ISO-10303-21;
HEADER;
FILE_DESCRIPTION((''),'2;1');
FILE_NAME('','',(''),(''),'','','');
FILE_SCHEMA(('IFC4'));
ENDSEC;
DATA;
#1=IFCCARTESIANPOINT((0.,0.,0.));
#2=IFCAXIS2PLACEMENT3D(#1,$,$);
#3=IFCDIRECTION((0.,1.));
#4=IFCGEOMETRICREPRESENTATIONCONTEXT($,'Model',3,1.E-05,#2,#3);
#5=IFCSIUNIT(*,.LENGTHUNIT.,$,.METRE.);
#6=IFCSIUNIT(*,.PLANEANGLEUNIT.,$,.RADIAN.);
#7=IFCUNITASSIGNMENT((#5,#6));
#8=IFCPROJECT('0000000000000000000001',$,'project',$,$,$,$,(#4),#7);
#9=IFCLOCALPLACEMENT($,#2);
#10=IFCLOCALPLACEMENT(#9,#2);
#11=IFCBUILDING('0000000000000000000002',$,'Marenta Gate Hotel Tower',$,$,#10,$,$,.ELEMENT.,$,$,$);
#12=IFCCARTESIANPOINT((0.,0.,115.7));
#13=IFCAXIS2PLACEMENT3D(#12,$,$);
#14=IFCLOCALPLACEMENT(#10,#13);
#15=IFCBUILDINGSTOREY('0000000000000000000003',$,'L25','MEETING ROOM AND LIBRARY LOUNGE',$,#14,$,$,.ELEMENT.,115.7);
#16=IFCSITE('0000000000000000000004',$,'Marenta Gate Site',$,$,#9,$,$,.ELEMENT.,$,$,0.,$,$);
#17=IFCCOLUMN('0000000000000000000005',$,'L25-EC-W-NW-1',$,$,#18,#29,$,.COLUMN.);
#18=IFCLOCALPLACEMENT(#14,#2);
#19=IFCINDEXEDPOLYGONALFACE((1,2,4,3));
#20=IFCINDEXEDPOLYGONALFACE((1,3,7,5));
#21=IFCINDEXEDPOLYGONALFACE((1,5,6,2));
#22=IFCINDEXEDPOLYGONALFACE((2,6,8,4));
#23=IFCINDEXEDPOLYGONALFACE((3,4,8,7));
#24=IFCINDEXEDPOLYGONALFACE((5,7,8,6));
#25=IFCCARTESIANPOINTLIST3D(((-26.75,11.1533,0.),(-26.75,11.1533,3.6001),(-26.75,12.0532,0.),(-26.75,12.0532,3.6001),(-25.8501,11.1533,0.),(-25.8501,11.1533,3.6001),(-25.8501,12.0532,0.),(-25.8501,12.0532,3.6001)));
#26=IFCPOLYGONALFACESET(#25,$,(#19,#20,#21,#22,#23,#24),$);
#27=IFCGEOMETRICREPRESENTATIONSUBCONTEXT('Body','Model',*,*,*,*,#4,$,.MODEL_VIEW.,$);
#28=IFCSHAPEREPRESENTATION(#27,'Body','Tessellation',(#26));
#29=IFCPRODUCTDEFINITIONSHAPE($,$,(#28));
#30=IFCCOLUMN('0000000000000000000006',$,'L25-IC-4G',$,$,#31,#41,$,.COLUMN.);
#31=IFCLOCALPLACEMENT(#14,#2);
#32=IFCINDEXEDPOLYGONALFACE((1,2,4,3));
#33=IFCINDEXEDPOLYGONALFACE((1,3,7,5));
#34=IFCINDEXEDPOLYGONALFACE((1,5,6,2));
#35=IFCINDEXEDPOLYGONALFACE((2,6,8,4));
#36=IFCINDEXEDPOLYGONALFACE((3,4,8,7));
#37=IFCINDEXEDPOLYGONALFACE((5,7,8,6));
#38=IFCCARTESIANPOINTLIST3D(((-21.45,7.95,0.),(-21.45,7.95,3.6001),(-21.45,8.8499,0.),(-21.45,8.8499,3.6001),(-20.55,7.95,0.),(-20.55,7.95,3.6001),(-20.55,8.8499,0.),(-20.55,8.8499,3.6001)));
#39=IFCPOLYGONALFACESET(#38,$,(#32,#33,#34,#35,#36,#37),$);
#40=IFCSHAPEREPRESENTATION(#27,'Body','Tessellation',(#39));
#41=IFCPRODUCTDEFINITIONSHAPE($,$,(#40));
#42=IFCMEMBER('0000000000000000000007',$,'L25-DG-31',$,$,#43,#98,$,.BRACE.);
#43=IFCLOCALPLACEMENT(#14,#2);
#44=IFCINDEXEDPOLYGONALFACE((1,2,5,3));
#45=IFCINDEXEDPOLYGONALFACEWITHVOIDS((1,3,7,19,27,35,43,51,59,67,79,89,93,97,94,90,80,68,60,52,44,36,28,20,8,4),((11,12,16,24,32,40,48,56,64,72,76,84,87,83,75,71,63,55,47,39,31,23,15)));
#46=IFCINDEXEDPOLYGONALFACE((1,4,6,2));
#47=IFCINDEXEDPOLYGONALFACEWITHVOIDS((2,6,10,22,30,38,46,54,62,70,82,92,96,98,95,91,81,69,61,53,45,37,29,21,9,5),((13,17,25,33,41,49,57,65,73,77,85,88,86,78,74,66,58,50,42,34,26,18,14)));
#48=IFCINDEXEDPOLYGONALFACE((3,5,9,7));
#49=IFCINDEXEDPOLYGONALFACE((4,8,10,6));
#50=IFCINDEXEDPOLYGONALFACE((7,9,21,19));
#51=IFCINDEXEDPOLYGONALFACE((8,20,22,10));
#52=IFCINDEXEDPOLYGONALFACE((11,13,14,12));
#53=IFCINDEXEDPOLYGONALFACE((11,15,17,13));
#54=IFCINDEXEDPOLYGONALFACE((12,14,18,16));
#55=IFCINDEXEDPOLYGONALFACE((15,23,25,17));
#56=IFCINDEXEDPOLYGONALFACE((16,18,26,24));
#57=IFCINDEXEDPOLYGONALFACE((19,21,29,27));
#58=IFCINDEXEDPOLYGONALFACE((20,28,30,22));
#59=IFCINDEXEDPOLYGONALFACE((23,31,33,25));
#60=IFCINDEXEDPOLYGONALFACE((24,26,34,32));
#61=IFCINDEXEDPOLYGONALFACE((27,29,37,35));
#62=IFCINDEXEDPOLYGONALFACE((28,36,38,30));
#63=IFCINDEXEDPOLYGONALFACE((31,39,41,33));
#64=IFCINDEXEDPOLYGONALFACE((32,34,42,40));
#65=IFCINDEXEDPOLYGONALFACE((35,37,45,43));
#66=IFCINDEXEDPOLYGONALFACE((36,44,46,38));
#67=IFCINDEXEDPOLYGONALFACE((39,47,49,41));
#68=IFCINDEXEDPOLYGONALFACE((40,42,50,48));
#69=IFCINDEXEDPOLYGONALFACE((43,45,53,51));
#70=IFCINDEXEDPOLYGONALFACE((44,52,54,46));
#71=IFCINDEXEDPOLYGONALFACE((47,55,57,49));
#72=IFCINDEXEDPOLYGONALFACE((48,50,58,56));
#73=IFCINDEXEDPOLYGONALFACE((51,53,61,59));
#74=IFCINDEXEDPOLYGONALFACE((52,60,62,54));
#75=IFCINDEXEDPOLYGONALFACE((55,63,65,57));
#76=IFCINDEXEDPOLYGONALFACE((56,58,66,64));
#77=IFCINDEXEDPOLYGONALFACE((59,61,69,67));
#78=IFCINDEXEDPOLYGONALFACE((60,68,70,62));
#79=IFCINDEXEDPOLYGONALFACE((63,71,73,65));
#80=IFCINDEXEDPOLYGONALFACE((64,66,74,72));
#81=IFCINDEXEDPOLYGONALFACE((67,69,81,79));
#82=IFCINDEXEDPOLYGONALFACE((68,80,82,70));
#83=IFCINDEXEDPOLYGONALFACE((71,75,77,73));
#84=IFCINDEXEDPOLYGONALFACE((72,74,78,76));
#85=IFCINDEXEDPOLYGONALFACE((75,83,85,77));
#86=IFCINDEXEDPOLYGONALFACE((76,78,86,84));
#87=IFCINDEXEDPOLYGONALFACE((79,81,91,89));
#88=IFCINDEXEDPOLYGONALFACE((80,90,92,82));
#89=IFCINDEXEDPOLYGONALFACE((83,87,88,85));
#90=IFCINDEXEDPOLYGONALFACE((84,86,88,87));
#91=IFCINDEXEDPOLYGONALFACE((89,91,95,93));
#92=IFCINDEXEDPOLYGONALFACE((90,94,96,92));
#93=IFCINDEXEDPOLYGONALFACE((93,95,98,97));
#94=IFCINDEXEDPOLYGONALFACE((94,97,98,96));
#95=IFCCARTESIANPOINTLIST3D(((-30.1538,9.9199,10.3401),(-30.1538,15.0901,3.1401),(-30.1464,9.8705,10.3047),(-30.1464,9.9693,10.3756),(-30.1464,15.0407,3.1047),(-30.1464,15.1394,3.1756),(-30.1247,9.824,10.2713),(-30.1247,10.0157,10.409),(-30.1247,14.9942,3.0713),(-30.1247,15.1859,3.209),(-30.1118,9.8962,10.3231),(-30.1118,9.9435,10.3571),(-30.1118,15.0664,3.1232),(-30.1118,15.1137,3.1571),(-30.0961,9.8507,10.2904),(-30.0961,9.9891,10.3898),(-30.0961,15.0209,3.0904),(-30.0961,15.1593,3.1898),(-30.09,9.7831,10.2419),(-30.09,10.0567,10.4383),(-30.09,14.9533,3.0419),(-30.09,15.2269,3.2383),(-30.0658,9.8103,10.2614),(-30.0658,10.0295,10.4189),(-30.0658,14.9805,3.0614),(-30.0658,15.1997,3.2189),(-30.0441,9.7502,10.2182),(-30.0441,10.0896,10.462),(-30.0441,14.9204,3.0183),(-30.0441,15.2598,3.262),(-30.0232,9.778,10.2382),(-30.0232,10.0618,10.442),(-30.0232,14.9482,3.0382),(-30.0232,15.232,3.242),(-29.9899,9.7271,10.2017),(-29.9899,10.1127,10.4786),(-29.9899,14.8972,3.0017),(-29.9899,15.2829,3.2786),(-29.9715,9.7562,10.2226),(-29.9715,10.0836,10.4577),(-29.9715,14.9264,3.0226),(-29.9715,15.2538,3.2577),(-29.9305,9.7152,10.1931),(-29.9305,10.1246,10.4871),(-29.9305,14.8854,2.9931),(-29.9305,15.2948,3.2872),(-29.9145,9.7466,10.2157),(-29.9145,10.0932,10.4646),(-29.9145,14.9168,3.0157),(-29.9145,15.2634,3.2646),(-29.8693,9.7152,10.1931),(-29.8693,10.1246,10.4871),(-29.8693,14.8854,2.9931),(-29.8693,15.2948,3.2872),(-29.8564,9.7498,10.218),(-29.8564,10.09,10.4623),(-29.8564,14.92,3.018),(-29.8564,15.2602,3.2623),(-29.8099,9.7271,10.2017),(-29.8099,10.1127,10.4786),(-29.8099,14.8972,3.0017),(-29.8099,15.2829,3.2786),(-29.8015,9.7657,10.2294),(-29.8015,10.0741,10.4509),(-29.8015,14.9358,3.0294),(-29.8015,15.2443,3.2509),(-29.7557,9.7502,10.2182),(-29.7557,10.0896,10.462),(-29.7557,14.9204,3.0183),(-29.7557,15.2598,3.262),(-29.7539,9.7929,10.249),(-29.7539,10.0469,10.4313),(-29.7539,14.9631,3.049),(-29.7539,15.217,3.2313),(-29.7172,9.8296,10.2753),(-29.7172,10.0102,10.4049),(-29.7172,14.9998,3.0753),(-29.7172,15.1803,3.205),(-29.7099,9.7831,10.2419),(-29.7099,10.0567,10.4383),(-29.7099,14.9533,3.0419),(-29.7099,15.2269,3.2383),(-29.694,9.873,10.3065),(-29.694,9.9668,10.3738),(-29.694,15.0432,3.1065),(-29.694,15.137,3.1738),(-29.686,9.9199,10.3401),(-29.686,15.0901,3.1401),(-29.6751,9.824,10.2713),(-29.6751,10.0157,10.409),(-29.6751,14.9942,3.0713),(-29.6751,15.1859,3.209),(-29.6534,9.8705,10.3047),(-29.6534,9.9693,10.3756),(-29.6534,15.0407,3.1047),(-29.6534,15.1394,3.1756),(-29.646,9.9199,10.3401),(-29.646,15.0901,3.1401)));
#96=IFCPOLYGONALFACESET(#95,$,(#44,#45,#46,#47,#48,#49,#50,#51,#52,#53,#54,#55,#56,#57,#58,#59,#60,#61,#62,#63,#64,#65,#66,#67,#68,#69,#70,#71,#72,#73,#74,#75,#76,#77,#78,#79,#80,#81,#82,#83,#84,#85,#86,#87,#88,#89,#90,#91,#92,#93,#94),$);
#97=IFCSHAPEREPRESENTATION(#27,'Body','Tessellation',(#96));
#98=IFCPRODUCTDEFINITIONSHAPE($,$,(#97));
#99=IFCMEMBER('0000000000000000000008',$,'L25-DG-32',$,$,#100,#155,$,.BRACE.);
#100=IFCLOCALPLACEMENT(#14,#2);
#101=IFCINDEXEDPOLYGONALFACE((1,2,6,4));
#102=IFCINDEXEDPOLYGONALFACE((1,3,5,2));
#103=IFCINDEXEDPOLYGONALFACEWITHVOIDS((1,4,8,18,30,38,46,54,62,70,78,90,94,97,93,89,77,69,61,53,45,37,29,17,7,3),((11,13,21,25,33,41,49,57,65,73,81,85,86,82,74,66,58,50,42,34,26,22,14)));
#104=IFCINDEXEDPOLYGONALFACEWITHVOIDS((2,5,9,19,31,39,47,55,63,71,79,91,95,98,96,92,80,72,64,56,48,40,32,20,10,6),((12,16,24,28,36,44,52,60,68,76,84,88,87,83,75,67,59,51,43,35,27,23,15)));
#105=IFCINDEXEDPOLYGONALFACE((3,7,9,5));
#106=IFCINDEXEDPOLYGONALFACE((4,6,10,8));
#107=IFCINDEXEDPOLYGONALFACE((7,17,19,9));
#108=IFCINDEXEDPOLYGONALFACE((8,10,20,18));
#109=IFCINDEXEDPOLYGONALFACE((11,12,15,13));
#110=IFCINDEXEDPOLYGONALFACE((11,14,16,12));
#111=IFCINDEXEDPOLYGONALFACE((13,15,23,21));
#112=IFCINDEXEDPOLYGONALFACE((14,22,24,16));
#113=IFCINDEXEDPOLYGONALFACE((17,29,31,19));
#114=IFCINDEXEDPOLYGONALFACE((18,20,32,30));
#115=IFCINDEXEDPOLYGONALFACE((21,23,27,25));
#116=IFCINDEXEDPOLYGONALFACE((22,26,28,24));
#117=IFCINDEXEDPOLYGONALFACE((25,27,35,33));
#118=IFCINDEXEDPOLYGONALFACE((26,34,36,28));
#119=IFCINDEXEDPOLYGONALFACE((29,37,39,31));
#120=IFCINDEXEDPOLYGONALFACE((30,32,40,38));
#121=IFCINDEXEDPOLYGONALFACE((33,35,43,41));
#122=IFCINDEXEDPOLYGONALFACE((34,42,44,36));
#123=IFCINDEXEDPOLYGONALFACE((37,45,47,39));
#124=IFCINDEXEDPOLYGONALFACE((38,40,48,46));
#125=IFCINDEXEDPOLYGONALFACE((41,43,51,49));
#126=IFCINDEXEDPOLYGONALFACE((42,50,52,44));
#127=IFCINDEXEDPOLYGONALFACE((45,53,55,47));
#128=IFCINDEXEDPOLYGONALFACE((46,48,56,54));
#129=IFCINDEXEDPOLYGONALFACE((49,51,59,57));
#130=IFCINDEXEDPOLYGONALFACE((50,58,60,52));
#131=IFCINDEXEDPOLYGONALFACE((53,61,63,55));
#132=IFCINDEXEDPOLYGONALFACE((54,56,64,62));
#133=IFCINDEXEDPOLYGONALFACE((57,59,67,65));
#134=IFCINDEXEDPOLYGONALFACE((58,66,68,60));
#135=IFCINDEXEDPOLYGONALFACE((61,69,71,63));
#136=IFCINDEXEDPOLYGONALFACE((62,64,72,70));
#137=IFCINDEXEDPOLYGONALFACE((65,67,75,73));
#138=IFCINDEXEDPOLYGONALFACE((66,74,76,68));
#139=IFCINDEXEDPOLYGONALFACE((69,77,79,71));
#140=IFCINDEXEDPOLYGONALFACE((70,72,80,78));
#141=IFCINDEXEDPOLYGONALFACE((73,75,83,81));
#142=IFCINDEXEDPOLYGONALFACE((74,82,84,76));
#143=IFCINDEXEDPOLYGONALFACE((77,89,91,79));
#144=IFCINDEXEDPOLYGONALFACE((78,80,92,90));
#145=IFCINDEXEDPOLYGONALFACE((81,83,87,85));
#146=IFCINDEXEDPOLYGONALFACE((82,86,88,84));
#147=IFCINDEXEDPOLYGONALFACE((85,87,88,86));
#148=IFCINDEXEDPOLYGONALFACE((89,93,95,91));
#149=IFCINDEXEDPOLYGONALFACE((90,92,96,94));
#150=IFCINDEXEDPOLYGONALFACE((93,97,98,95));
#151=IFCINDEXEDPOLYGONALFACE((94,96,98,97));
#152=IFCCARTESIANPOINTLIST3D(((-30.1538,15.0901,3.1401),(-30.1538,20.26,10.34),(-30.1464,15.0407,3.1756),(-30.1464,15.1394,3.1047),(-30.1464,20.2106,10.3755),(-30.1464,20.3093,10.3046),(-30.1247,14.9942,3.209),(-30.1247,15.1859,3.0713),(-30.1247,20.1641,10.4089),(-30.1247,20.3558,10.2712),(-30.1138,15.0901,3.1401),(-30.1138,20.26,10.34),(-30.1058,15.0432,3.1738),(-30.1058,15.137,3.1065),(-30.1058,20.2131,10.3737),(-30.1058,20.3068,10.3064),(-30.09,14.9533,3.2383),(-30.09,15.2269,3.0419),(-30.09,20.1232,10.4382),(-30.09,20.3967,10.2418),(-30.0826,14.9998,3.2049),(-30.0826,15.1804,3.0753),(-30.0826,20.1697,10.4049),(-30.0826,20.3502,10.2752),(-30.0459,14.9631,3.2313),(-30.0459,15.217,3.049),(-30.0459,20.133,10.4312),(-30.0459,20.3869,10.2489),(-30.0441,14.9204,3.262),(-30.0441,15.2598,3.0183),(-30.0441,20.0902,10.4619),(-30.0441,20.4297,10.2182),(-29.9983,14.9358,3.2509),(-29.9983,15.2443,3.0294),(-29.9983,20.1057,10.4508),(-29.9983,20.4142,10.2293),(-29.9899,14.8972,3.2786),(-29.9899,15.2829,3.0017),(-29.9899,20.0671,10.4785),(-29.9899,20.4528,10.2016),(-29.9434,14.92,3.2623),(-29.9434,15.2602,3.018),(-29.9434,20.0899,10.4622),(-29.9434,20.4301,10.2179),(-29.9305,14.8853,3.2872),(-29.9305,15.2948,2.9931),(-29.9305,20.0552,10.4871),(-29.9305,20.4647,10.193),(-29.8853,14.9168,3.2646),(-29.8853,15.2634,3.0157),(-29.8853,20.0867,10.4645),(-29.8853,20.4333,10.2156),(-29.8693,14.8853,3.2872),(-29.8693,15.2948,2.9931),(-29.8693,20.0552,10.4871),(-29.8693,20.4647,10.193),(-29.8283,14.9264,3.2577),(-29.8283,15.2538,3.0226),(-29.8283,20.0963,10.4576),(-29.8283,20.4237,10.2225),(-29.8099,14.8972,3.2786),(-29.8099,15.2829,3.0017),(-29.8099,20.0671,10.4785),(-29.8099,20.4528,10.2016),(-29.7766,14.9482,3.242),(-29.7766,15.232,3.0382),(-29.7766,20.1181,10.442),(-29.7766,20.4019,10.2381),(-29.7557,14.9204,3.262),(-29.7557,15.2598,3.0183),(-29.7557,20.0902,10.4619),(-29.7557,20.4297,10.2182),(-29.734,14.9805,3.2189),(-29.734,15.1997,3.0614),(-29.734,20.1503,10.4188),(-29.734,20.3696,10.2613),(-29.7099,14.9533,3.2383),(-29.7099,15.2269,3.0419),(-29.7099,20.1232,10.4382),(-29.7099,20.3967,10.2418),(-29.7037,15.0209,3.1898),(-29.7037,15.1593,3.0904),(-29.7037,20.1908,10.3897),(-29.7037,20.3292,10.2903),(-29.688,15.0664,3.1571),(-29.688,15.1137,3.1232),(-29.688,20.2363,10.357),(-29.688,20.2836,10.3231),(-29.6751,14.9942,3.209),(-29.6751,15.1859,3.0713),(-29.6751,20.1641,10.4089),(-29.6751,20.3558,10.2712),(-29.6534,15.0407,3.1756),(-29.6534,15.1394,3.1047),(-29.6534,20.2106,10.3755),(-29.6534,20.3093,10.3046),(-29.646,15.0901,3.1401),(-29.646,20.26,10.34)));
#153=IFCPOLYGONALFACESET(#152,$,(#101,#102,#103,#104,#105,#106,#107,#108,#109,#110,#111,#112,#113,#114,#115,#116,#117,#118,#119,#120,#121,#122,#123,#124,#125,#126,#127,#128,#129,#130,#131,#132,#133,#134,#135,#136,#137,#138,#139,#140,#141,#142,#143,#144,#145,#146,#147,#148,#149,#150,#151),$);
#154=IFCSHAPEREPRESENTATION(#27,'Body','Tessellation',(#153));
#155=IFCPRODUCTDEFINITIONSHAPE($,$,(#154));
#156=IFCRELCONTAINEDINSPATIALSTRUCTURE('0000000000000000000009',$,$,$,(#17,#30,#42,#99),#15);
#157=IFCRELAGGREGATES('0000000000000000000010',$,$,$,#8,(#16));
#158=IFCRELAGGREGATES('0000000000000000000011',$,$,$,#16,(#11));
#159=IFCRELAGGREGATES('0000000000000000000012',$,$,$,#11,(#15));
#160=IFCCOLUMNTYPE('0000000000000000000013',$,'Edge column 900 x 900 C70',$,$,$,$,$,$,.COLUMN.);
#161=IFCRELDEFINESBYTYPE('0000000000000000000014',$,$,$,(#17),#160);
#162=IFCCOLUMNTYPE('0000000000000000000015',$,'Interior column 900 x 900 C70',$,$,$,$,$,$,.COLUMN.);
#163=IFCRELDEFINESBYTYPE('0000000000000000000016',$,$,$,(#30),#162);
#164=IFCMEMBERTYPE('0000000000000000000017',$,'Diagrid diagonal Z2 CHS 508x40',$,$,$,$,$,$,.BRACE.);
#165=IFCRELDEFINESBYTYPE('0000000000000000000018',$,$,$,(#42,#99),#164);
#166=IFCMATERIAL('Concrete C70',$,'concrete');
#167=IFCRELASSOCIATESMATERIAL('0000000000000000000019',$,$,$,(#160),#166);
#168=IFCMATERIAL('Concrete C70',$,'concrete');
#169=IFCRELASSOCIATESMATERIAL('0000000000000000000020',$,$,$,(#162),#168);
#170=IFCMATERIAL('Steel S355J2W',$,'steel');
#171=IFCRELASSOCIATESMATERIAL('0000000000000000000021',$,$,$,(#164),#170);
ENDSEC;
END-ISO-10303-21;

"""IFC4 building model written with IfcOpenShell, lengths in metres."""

from ifc_helpers import new_model, si_unit, direction, frame, origin, origin_2d, place, context, subcontext, project, spatial, rectangle, hollow_circle, extrude, material, material_profile, profile_set, type_object, element, save


model = new_model("IFC4")

# Units and contexts
model_context = context("Model", 3, precision=1e-05, world=origin(), true_north=direction((0.0, 1.0)))
body_context = subcontext(model_context, "Body", "Model", "MODEL_VIEW")
ifc_project = project(units=[si_unit("LENGTHUNIT", "METRE"), si_unit("PLANEANGLEUNIT", "RADIAN")], contexts=[model_context])

# Site, building, storey
site_placement = place(None, origin())
site = spatial("IfcSite", under=ifc_project, at=site_placement, Name="Marenta Gate Site", CompositionType="ELEMENT", RefElevation=0.0)
building_placement = place(site_placement, origin())
building = spatial("IfcBuilding", under=site, at=building_placement, Name="Marenta Gate Hotel Tower", CompositionType="ELEMENT")
storey_placement = place(building_placement, frame((0.0, 0.0, 115.7)))
storey = spatial("IfcBuildingStorey", under=building, at=storey_placement, Name="L25", Description="MEETING ROOM AND LIBRARY LOUNGE", CompositionType="ELEMENT", Elevation=115.7)

# Columns
ifc_material_1 = material(Name="Concrete C70", Category="concrete")
ifc_material_profile_1 = material_profile(ifc_material_1, rectangle(XDim=0.8999, YDim=0.8999, at=origin_2d()), Name="900 x 900")
ifc_profile_set_1 = profile_set([ifc_material_profile_1], Name="Concrete C70")
column_type_1 = type_object("IfcColumnType", Name="Edge column 900 x 900 C70", PredefinedType="COLUMN", material=ifc_profile_set_1)
column_1_placement = place(storey_placement, frame((-26.3, 11.6033, 0.0), z_axis=(0.0, 0.0, 1.0), x_axis=(1.0, 0.0, 0.0)))
element("IfcColumn", 1, at=column_1_placement, inside=storey, type_object=column_type_1, Name="L25-EC-W-NW-1", PredefinedType="COLUMN", context=body_context, shape_type="SweptSolid", body=[
    extrude(rectangle(XDim=0.8999, YDim=0.8999, at=origin_2d()), origin(), (0.0, 0.0, 1.0), 3.6001),
])
ifc_material_2 = material(Name="Concrete C70", Category="concrete")
ifc_material_profile_2 = material_profile(ifc_material_2, rectangle(XDim=0.8999, YDim=0.8999, at=origin_2d()), Name="900 x 900")
ifc_profile_set_2 = profile_set([ifc_material_profile_2], Name="Concrete C70")
column_type_2 = type_object("IfcColumnType", Name="Interior column 900 x 900 C70", PredefinedType="COLUMN", material=ifc_profile_set_2)
column_2_placement = place(storey_placement, frame((-21.0, 8.3999, 0.0), z_axis=(0.0, 0.0, 1.0), x_axis=(1.0, 0.0, 0.0)))
element("IfcColumn", 2, at=column_2_placement, inside=storey, type_object=column_type_2, Name="L25-IC-4G", PredefinedType="COLUMN", context=body_context, shape_type="SweptSolid", body=[
    extrude(rectangle(XDim=0.8999, YDim=0.8999, at=origin_2d()), origin(), (0.0, 0.0, 1.0), 3.6001),
])

# Members
ifc_material_3 = material(Name="Steel S355J2W", Category="steel")
ifc_material_profile_3 = material_profile(ifc_material_3, hollow_circle(Radius=0.2539, WallThickness=0.04, at=origin_2d()), Name="CHS 508x40")
ifc_profile_set_3 = profile_set([ifc_material_profile_3], Name="Steel S355J2W")
member_type_1 = type_object("IfcMemberType", Name="Diagrid diagonal Z2 CHS 508x40", PredefinedType="BRACE", material=ifc_profile_set_3)
member_1_placement = place(storey_placement, frame((-29.8999, 15.0901, 3.1401), z_axis=(0.0, -0.583279, 0.812272), x_axis=(1.0, 0.0, 0.0)))
element("IfcMember", 3, at=member_1_placement, inside=storey, type_object=member_type_1, Name="L25-DG-31", PredefinedType="BRACE", context=body_context, shape_type="SweptSolid", body=[
    extrude(hollow_circle(Radius=0.2539, WallThickness=0.04, at=origin_2d()), origin(), (0.0, 0.0, 1.0), 8.864),
])
member_2_placement = place(storey_placement, frame((-29.8999, 15.0901, 3.1401), z_axis=(0.0, 0.583261, 0.812285), x_axis=(-1.0, 0.0, 0.0)))
element("IfcMember", 4, at=member_2_placement, inside=storey, type_object=member_type_1, Name="L25-DG-32", PredefinedType="BRACE", context=body_context, shape_type="SweptSolid", body=[
    extrude(hollow_circle(Radius=0.2539, WallThickness=0.04, at=origin_2d()), origin(), (0.0, 0.0, 1.0), 8.8638),
])

save(model, "model.ifc")
